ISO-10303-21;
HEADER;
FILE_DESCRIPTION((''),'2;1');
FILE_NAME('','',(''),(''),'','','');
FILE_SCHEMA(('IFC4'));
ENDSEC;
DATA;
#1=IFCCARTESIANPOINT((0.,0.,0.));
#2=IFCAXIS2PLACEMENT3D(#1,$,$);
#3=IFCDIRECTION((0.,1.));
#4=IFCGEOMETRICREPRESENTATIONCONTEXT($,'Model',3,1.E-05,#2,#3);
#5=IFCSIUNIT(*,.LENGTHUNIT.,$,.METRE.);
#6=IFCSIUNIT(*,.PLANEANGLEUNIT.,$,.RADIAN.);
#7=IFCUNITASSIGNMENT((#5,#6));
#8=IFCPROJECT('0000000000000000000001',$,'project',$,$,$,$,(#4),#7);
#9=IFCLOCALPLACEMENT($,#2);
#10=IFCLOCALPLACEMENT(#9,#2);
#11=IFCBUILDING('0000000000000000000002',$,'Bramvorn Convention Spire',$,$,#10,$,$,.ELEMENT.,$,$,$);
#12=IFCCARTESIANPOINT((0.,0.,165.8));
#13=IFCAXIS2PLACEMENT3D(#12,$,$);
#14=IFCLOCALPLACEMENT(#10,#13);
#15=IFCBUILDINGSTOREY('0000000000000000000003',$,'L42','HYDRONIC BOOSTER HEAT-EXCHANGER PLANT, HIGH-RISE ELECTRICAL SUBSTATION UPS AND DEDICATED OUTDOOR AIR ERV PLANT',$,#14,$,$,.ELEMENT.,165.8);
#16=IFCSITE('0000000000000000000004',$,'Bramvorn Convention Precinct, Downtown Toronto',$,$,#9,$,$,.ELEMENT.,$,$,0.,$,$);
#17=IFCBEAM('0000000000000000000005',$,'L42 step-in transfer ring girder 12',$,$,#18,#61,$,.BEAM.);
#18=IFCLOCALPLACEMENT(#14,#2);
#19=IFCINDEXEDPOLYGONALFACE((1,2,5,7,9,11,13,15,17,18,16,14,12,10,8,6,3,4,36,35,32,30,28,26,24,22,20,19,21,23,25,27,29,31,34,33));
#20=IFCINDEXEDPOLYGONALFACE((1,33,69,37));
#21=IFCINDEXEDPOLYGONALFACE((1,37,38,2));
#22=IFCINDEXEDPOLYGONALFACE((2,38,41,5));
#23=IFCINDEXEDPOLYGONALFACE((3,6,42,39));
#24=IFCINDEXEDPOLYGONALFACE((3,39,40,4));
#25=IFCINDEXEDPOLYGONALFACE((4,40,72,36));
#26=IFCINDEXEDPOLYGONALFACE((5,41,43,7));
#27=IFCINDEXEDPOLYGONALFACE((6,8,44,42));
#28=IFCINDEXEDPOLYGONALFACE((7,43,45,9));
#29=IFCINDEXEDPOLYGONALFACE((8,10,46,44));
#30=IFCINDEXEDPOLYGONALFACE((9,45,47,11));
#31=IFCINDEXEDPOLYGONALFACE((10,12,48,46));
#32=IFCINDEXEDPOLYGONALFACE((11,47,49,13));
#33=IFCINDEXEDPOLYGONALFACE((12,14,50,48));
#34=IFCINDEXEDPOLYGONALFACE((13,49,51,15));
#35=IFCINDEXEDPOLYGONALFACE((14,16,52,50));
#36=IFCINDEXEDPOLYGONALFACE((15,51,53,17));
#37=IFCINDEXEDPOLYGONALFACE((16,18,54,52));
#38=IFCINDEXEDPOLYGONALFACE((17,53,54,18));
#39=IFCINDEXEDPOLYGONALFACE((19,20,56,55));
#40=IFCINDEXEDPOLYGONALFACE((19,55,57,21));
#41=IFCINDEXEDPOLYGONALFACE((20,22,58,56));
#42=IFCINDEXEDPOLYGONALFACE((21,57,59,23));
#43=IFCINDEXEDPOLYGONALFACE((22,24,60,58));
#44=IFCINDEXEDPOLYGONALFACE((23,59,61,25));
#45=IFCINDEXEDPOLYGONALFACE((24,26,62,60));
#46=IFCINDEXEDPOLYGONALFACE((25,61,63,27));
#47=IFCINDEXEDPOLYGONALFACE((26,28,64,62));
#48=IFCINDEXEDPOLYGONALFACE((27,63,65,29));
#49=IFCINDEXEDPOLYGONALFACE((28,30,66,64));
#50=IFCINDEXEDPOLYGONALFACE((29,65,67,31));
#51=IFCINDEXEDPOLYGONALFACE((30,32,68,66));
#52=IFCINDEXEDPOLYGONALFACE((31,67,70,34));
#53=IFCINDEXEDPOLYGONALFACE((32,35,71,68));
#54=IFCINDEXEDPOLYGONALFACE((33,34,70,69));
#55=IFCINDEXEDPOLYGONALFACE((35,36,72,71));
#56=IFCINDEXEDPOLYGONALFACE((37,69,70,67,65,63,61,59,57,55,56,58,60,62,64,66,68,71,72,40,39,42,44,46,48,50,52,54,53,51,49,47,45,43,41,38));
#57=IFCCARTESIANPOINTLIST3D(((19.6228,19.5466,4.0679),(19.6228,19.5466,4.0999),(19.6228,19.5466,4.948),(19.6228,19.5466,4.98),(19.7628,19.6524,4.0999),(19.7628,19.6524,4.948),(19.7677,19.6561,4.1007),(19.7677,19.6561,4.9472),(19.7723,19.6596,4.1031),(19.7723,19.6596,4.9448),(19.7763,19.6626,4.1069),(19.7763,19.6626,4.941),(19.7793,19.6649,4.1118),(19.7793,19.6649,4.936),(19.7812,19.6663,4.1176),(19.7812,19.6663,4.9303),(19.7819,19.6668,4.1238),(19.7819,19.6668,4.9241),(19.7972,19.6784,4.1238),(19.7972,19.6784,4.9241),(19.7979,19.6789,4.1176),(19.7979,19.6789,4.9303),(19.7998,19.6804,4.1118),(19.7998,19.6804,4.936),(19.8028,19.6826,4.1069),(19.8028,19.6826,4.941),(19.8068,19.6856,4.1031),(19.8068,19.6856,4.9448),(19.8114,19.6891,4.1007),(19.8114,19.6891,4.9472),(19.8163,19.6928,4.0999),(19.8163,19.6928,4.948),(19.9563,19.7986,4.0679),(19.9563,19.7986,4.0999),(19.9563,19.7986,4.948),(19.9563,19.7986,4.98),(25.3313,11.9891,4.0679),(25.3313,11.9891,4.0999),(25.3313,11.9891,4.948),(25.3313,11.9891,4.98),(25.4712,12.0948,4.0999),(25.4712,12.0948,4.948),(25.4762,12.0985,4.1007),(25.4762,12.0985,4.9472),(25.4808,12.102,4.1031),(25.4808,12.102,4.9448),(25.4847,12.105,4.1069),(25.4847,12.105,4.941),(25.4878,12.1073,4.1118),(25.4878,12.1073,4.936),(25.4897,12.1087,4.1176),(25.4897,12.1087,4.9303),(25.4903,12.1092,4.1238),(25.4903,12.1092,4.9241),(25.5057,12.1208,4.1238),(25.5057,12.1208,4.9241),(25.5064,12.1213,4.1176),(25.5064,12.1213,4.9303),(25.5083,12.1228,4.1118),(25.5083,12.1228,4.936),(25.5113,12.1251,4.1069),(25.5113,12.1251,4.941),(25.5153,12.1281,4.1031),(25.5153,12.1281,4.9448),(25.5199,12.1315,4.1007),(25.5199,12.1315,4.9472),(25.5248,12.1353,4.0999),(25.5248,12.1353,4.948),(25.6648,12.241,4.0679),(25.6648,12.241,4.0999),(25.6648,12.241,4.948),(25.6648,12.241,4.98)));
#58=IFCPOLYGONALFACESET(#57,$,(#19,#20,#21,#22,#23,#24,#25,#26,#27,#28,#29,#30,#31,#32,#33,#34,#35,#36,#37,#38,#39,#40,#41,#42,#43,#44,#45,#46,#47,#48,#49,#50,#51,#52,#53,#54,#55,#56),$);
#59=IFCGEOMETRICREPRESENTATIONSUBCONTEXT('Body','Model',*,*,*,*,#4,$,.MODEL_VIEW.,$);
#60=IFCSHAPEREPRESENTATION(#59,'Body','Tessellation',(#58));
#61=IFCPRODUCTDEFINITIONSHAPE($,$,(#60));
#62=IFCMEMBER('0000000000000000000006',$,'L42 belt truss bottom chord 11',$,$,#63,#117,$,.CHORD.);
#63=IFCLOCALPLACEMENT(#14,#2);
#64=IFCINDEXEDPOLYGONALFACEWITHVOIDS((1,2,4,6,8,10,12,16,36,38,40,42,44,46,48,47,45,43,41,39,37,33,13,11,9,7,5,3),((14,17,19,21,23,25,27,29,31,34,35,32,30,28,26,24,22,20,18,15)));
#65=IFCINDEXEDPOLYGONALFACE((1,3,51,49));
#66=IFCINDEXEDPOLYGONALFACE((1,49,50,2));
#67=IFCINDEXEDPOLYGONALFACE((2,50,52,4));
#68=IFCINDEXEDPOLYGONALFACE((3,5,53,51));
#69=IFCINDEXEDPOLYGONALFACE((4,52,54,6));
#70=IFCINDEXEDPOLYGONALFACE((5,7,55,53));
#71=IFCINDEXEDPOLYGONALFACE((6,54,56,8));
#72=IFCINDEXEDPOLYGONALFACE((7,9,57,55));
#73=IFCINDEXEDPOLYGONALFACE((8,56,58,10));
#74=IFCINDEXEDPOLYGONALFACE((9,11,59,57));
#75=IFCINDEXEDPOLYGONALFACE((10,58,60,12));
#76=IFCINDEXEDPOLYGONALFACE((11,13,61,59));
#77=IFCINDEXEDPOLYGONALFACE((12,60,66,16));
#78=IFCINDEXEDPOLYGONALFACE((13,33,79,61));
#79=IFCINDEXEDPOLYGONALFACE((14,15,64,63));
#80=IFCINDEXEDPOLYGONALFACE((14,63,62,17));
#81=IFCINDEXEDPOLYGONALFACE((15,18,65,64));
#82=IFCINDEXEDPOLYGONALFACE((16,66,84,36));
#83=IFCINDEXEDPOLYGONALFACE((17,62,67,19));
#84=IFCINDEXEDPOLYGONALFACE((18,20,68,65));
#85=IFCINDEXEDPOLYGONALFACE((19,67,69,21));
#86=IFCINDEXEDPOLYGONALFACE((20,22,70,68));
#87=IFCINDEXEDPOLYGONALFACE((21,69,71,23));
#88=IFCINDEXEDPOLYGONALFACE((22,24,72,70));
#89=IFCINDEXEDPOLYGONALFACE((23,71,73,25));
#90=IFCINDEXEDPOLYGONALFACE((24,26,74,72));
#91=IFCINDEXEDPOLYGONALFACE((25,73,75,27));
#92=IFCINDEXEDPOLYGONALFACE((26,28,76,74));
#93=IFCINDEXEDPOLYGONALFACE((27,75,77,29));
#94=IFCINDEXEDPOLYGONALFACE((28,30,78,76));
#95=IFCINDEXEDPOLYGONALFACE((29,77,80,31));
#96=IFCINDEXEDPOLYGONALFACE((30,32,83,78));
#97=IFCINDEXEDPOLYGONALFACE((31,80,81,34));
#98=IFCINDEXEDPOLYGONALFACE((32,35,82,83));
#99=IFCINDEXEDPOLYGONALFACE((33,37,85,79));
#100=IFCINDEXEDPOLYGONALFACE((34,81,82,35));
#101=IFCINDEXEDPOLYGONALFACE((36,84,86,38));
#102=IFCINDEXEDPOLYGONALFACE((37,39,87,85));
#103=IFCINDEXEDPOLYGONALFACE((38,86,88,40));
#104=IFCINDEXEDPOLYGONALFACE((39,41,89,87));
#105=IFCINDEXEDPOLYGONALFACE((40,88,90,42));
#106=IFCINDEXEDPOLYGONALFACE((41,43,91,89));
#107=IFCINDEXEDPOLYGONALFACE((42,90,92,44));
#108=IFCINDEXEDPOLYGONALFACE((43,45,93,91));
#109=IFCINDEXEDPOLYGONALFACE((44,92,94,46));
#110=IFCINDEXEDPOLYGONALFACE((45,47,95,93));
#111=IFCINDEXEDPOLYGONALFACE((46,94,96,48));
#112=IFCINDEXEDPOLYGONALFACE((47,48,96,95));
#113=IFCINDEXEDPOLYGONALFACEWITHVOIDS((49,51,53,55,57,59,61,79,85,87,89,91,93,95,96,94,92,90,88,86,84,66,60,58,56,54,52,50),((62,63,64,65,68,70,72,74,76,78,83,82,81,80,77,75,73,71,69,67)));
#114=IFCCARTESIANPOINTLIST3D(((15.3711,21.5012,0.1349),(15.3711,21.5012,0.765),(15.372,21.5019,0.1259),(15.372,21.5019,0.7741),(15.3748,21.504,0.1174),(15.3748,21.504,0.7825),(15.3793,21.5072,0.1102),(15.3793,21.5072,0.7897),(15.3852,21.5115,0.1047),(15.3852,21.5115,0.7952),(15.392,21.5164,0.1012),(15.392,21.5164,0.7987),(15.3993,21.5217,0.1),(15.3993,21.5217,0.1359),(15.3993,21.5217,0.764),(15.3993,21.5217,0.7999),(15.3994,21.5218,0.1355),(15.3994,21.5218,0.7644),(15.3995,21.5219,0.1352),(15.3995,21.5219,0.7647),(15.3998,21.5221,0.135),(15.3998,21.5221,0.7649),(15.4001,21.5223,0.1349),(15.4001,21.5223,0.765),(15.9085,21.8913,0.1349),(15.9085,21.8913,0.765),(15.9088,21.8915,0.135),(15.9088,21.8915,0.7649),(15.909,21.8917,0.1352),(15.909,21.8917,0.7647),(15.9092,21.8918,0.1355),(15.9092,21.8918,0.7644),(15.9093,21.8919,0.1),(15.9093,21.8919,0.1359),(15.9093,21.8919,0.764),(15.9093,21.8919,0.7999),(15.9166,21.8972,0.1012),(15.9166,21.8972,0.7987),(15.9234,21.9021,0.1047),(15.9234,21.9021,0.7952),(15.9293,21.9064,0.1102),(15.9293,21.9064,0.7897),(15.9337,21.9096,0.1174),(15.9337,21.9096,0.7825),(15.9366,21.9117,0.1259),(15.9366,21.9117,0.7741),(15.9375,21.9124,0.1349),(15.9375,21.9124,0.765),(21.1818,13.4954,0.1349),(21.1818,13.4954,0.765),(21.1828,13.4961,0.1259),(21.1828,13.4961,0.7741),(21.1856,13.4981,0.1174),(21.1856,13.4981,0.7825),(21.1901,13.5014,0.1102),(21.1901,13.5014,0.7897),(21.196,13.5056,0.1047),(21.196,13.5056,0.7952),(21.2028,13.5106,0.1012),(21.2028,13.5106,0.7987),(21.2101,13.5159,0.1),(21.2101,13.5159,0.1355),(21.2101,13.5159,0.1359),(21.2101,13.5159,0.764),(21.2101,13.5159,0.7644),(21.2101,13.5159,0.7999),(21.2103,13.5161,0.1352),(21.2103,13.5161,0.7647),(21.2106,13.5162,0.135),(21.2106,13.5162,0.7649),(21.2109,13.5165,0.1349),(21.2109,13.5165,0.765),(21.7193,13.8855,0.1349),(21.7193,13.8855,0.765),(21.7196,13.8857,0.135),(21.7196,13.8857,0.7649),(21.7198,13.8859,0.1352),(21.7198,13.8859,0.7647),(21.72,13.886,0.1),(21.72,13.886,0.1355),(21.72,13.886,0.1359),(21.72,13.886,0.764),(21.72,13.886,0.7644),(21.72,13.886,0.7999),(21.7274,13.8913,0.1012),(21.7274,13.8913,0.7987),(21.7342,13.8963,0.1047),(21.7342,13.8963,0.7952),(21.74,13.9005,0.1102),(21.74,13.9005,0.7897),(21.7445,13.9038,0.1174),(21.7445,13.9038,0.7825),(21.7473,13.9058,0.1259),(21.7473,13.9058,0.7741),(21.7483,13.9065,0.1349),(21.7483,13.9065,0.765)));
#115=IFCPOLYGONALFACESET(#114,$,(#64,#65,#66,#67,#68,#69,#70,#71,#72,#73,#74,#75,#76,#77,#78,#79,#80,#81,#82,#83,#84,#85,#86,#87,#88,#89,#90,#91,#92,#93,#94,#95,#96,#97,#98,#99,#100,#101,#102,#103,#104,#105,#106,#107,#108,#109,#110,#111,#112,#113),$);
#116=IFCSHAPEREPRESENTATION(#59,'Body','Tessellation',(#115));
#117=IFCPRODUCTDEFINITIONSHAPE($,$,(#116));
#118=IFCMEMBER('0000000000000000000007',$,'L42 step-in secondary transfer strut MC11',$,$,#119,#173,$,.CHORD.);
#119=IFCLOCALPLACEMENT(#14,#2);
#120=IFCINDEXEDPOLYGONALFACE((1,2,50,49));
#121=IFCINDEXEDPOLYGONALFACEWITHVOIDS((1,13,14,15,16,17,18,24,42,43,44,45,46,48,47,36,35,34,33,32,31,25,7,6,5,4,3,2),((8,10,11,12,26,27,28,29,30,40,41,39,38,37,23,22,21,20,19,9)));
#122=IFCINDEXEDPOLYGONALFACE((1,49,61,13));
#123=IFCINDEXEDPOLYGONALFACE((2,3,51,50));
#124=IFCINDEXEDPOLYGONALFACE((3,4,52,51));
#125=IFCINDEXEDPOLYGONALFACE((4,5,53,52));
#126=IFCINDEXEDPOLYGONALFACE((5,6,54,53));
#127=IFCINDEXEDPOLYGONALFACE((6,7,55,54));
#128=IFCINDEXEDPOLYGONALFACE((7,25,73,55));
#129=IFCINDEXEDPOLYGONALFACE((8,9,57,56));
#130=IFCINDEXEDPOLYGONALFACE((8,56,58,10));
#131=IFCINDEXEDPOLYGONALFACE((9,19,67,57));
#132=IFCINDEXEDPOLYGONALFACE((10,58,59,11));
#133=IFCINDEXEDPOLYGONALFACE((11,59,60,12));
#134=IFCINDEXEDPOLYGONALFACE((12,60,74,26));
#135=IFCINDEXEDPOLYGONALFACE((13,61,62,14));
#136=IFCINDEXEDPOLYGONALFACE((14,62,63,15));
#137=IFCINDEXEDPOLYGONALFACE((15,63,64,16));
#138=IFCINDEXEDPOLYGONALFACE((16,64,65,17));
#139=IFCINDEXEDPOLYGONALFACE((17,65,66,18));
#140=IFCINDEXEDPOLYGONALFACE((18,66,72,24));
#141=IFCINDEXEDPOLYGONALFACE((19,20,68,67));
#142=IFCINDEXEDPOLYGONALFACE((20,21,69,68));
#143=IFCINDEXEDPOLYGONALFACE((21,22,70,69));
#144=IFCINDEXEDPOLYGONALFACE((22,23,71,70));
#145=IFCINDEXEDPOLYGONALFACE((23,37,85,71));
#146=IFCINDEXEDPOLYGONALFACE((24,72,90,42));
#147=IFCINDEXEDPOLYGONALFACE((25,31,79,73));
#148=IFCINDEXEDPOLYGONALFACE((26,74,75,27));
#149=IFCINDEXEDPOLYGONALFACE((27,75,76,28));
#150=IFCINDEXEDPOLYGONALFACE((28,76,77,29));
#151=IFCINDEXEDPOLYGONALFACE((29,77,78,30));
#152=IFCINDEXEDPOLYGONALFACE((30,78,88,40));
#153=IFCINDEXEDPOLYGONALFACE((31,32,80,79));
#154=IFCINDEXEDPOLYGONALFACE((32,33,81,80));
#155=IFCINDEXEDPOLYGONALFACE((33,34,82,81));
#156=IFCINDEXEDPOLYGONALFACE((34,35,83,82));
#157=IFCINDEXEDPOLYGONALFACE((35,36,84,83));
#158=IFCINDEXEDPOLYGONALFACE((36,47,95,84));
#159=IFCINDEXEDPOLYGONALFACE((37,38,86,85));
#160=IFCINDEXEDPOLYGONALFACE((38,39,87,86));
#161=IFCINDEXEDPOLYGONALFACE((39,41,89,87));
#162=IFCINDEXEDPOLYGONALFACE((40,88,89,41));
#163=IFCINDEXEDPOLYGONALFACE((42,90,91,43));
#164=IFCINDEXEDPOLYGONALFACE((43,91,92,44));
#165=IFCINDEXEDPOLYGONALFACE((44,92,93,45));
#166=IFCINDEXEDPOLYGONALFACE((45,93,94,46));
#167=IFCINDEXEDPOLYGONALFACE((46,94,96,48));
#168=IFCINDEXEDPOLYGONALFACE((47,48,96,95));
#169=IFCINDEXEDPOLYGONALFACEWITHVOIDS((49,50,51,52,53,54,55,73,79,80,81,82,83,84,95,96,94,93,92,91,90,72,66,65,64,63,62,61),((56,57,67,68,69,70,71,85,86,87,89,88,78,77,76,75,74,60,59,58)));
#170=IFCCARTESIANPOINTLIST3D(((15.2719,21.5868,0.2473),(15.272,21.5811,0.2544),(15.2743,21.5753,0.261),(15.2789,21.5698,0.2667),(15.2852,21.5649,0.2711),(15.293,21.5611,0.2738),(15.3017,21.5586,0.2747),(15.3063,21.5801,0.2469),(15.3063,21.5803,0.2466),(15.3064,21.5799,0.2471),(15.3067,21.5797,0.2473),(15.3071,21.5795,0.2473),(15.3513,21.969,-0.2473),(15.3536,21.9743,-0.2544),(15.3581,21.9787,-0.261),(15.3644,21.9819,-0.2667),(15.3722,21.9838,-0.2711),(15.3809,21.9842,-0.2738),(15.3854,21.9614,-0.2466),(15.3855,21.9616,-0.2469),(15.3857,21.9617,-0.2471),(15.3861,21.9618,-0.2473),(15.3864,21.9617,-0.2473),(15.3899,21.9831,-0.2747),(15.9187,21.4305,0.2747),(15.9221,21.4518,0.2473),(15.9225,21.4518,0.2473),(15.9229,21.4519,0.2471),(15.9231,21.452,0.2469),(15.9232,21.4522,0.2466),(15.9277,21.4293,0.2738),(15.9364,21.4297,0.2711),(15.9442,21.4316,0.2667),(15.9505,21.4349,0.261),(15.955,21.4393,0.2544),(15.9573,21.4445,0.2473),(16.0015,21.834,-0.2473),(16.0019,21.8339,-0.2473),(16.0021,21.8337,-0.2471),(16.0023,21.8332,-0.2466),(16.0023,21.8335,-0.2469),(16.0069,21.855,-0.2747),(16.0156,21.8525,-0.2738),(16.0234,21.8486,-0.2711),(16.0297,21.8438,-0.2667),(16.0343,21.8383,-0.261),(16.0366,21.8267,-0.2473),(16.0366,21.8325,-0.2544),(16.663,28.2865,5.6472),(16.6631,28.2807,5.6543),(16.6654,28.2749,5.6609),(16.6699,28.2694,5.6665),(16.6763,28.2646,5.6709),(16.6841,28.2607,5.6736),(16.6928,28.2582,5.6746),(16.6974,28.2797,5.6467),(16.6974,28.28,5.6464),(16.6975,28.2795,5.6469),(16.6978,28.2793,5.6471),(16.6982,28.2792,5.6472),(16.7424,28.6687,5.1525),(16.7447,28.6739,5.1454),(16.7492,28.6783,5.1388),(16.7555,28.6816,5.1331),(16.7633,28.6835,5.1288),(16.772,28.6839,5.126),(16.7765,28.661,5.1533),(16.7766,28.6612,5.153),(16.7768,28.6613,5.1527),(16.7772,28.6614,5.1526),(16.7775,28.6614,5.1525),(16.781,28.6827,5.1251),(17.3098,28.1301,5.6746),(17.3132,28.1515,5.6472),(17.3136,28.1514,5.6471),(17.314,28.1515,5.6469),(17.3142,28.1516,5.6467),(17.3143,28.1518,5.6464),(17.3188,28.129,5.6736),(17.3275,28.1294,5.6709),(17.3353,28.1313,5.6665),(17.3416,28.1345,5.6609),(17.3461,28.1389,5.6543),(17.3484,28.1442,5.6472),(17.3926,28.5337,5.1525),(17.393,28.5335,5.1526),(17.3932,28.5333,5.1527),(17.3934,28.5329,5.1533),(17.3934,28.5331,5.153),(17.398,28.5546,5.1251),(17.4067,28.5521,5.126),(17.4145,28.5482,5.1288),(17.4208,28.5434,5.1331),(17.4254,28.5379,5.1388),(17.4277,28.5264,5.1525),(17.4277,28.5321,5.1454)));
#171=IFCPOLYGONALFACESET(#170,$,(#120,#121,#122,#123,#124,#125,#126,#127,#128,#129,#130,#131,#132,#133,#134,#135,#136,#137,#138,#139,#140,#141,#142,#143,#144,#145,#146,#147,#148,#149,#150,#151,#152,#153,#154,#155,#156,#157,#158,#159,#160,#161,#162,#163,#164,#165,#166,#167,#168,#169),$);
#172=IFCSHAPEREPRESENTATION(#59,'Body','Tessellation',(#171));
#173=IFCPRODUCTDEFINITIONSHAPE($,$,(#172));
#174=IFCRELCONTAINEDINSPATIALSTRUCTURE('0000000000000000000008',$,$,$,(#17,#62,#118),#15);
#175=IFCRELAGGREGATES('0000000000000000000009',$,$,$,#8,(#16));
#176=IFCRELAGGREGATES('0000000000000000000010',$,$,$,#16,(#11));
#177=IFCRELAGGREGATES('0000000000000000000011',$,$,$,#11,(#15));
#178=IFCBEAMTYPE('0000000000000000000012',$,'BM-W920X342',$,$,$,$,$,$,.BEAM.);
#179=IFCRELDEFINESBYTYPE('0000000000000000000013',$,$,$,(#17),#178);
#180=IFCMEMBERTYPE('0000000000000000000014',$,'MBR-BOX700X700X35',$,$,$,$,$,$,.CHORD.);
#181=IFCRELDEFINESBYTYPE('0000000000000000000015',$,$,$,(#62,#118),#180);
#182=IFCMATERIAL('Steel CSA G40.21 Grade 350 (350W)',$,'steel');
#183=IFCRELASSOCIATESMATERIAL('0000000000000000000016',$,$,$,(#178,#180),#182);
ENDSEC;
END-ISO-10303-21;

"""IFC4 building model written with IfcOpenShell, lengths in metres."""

from ifc_helpers import new_model, si_unit, direction, frame, origin, origin_2d, place, context, subcontext, project, spatial, hollow_rectangle, i_section, extrude, material, material_profile, profile_set, type_object, element, save


model = new_model("IFC4")

# Units and contexts
model_context = context("Model", 3, precision=1e-05, world=origin(), true_north=direction((0.0, 1.0)))
body_context = subcontext(model_context, "Body", "Model", "MODEL_VIEW")
ifc_project = project(units=[si_unit("LENGTHUNIT", "METRE"), si_unit("PLANEANGLEUNIT", "RADIAN")], contexts=[model_context])

# Site, building, storey
site_placement = place(None, origin())
site = spatial("IfcSite", under=ifc_project, at=site_placement, Name="Bramvorn Convention Precinct, Downtown Toronto", CompositionType="ELEMENT", RefElevation=0.0)
building_placement = place(site_placement, origin())
building = spatial("IfcBuilding", under=site, at=building_placement, Name="Bramvorn Convention Spire", CompositionType="ELEMENT")
storey_placement = place(building_placement, frame((0.0, 0.0, 165.8)))
storey = spatial("IfcBuildingStorey", under=building, at=storey_placement, Name="L42", Description="HYDRONIC BOOSTER HEAT-EXCHANGER PLANT, HIGH-RISE ELECTRICAL SUBSTATION UPS AND DEDICATED OUTDOOR AIR ERV PLANT", CompositionType="ELEMENT", Elevation=165.8)

# Shared definitions
ifc_material_1 = material(Name="Steel CSA G40.21 Grade 350 (350W)", Category="steel")

# Beam
ifc_material_profile_1 = material_profile(ifc_material_1, i_section(OverallWidth=0.418, OverallDepth=0.9121, WebThickness=0.0193, FlangeThickness=0.032, FilletRadius=0.0239, at=origin_2d()))
ifc_profile_set_1 = profile_set([ifc_material_profile_1], Name="Steel CSA G40.21 Grade 350 (350W) - W920X342")
beam_type = type_object("IfcBeamType", Name="BM-W920X342", PredefinedType="BEAM", material=ifc_profile_set_1)
beam_placement = place(storey_placement, frame((19.7896, 19.6726, 4.5239), z_axis=(0.602719, -0.797954, 0.0), x_axis=(0.797954, 0.602719, 0.0)))
element("IfcBeam", 1, at=beam_placement, inside=storey, type_object=beam_type, Name="L42 step-in transfer ring girder 12", PredefinedType="BEAM", context=body_context, shape_type="SweptSolid", body=[
    extrude(i_section(OverallWidth=0.418, OverallDepth=0.9121, WebThickness=0.0193, FlangeThickness=0.032, FilletRadius=0.0239, at=origin_2d()), origin(), (0.0, 0.0, 1.0), 9.4712),
])

# Members
ifc_material_profile_2 = material_profile(ifc_material_1, hollow_rectangle(XDim=0.7, YDim=0.7, WallThickness=0.0349, InnerFilletRadius=0.001, OuterFilletRadius=0.0349, at=origin_2d()))
ifc_profile_set_2 = profile_set([ifc_material_profile_2], Name="Steel CSA G40.21 Grade 350 (350W) - BOX700X700X35")
member_type_1 = type_object("IfcMemberType", Name="MBR-BOX700X700X35", PredefinedType="CHORD", material=ifc_profile_set_2)
member_1_placement = place(storey_placement, frame((15.6543, 21.7068, 0.45), z_axis=(0.587401, -0.809296, 0.0), x_axis=(0.809296, 0.587401, 0.0)))
element("IfcMember", 2, at=member_1_placement, inside=storey, type_object=member_type_1, Name="L42 belt truss bottom chord 11", PredefinedType="CHORD", context=body_context, shape_type="SweptSolid", body=[
    extrude(hollow_rectangle(XDim=0.7, YDim=0.7, WallThickness=0.0349, InnerFilletRadius=0.001, OuterFilletRadius=0.0349, at=origin_2d()), origin(), (0.0, 0.0, 1.0), 9.8923),
])
member_2_placement = place(storey_placement, frame((15.6543, 21.7068, 0.0), z_axis=(0.159592, 0.768609, 0.619492), x_axis=(-0.979116, 0.203302, 0.0)))
element("IfcMember", 3, at=member_2_placement, inside=storey, type_object=member_type_1, Name="L42 step-in secondary transfer strut MC11", PredefinedType="CHORD", context=body_context, shape_type="SweptSolid", body=[
    extrude(hollow_rectangle(XDim=0.7, YDim=0.7, WallThickness=0.0349, InnerFilletRadius=0.001, OuterFilletRadius=0.0349, at=origin_2d()), origin(), (0.0, 0.0, 1.0), 8.7166),
])

save(model, "model.ifc")
